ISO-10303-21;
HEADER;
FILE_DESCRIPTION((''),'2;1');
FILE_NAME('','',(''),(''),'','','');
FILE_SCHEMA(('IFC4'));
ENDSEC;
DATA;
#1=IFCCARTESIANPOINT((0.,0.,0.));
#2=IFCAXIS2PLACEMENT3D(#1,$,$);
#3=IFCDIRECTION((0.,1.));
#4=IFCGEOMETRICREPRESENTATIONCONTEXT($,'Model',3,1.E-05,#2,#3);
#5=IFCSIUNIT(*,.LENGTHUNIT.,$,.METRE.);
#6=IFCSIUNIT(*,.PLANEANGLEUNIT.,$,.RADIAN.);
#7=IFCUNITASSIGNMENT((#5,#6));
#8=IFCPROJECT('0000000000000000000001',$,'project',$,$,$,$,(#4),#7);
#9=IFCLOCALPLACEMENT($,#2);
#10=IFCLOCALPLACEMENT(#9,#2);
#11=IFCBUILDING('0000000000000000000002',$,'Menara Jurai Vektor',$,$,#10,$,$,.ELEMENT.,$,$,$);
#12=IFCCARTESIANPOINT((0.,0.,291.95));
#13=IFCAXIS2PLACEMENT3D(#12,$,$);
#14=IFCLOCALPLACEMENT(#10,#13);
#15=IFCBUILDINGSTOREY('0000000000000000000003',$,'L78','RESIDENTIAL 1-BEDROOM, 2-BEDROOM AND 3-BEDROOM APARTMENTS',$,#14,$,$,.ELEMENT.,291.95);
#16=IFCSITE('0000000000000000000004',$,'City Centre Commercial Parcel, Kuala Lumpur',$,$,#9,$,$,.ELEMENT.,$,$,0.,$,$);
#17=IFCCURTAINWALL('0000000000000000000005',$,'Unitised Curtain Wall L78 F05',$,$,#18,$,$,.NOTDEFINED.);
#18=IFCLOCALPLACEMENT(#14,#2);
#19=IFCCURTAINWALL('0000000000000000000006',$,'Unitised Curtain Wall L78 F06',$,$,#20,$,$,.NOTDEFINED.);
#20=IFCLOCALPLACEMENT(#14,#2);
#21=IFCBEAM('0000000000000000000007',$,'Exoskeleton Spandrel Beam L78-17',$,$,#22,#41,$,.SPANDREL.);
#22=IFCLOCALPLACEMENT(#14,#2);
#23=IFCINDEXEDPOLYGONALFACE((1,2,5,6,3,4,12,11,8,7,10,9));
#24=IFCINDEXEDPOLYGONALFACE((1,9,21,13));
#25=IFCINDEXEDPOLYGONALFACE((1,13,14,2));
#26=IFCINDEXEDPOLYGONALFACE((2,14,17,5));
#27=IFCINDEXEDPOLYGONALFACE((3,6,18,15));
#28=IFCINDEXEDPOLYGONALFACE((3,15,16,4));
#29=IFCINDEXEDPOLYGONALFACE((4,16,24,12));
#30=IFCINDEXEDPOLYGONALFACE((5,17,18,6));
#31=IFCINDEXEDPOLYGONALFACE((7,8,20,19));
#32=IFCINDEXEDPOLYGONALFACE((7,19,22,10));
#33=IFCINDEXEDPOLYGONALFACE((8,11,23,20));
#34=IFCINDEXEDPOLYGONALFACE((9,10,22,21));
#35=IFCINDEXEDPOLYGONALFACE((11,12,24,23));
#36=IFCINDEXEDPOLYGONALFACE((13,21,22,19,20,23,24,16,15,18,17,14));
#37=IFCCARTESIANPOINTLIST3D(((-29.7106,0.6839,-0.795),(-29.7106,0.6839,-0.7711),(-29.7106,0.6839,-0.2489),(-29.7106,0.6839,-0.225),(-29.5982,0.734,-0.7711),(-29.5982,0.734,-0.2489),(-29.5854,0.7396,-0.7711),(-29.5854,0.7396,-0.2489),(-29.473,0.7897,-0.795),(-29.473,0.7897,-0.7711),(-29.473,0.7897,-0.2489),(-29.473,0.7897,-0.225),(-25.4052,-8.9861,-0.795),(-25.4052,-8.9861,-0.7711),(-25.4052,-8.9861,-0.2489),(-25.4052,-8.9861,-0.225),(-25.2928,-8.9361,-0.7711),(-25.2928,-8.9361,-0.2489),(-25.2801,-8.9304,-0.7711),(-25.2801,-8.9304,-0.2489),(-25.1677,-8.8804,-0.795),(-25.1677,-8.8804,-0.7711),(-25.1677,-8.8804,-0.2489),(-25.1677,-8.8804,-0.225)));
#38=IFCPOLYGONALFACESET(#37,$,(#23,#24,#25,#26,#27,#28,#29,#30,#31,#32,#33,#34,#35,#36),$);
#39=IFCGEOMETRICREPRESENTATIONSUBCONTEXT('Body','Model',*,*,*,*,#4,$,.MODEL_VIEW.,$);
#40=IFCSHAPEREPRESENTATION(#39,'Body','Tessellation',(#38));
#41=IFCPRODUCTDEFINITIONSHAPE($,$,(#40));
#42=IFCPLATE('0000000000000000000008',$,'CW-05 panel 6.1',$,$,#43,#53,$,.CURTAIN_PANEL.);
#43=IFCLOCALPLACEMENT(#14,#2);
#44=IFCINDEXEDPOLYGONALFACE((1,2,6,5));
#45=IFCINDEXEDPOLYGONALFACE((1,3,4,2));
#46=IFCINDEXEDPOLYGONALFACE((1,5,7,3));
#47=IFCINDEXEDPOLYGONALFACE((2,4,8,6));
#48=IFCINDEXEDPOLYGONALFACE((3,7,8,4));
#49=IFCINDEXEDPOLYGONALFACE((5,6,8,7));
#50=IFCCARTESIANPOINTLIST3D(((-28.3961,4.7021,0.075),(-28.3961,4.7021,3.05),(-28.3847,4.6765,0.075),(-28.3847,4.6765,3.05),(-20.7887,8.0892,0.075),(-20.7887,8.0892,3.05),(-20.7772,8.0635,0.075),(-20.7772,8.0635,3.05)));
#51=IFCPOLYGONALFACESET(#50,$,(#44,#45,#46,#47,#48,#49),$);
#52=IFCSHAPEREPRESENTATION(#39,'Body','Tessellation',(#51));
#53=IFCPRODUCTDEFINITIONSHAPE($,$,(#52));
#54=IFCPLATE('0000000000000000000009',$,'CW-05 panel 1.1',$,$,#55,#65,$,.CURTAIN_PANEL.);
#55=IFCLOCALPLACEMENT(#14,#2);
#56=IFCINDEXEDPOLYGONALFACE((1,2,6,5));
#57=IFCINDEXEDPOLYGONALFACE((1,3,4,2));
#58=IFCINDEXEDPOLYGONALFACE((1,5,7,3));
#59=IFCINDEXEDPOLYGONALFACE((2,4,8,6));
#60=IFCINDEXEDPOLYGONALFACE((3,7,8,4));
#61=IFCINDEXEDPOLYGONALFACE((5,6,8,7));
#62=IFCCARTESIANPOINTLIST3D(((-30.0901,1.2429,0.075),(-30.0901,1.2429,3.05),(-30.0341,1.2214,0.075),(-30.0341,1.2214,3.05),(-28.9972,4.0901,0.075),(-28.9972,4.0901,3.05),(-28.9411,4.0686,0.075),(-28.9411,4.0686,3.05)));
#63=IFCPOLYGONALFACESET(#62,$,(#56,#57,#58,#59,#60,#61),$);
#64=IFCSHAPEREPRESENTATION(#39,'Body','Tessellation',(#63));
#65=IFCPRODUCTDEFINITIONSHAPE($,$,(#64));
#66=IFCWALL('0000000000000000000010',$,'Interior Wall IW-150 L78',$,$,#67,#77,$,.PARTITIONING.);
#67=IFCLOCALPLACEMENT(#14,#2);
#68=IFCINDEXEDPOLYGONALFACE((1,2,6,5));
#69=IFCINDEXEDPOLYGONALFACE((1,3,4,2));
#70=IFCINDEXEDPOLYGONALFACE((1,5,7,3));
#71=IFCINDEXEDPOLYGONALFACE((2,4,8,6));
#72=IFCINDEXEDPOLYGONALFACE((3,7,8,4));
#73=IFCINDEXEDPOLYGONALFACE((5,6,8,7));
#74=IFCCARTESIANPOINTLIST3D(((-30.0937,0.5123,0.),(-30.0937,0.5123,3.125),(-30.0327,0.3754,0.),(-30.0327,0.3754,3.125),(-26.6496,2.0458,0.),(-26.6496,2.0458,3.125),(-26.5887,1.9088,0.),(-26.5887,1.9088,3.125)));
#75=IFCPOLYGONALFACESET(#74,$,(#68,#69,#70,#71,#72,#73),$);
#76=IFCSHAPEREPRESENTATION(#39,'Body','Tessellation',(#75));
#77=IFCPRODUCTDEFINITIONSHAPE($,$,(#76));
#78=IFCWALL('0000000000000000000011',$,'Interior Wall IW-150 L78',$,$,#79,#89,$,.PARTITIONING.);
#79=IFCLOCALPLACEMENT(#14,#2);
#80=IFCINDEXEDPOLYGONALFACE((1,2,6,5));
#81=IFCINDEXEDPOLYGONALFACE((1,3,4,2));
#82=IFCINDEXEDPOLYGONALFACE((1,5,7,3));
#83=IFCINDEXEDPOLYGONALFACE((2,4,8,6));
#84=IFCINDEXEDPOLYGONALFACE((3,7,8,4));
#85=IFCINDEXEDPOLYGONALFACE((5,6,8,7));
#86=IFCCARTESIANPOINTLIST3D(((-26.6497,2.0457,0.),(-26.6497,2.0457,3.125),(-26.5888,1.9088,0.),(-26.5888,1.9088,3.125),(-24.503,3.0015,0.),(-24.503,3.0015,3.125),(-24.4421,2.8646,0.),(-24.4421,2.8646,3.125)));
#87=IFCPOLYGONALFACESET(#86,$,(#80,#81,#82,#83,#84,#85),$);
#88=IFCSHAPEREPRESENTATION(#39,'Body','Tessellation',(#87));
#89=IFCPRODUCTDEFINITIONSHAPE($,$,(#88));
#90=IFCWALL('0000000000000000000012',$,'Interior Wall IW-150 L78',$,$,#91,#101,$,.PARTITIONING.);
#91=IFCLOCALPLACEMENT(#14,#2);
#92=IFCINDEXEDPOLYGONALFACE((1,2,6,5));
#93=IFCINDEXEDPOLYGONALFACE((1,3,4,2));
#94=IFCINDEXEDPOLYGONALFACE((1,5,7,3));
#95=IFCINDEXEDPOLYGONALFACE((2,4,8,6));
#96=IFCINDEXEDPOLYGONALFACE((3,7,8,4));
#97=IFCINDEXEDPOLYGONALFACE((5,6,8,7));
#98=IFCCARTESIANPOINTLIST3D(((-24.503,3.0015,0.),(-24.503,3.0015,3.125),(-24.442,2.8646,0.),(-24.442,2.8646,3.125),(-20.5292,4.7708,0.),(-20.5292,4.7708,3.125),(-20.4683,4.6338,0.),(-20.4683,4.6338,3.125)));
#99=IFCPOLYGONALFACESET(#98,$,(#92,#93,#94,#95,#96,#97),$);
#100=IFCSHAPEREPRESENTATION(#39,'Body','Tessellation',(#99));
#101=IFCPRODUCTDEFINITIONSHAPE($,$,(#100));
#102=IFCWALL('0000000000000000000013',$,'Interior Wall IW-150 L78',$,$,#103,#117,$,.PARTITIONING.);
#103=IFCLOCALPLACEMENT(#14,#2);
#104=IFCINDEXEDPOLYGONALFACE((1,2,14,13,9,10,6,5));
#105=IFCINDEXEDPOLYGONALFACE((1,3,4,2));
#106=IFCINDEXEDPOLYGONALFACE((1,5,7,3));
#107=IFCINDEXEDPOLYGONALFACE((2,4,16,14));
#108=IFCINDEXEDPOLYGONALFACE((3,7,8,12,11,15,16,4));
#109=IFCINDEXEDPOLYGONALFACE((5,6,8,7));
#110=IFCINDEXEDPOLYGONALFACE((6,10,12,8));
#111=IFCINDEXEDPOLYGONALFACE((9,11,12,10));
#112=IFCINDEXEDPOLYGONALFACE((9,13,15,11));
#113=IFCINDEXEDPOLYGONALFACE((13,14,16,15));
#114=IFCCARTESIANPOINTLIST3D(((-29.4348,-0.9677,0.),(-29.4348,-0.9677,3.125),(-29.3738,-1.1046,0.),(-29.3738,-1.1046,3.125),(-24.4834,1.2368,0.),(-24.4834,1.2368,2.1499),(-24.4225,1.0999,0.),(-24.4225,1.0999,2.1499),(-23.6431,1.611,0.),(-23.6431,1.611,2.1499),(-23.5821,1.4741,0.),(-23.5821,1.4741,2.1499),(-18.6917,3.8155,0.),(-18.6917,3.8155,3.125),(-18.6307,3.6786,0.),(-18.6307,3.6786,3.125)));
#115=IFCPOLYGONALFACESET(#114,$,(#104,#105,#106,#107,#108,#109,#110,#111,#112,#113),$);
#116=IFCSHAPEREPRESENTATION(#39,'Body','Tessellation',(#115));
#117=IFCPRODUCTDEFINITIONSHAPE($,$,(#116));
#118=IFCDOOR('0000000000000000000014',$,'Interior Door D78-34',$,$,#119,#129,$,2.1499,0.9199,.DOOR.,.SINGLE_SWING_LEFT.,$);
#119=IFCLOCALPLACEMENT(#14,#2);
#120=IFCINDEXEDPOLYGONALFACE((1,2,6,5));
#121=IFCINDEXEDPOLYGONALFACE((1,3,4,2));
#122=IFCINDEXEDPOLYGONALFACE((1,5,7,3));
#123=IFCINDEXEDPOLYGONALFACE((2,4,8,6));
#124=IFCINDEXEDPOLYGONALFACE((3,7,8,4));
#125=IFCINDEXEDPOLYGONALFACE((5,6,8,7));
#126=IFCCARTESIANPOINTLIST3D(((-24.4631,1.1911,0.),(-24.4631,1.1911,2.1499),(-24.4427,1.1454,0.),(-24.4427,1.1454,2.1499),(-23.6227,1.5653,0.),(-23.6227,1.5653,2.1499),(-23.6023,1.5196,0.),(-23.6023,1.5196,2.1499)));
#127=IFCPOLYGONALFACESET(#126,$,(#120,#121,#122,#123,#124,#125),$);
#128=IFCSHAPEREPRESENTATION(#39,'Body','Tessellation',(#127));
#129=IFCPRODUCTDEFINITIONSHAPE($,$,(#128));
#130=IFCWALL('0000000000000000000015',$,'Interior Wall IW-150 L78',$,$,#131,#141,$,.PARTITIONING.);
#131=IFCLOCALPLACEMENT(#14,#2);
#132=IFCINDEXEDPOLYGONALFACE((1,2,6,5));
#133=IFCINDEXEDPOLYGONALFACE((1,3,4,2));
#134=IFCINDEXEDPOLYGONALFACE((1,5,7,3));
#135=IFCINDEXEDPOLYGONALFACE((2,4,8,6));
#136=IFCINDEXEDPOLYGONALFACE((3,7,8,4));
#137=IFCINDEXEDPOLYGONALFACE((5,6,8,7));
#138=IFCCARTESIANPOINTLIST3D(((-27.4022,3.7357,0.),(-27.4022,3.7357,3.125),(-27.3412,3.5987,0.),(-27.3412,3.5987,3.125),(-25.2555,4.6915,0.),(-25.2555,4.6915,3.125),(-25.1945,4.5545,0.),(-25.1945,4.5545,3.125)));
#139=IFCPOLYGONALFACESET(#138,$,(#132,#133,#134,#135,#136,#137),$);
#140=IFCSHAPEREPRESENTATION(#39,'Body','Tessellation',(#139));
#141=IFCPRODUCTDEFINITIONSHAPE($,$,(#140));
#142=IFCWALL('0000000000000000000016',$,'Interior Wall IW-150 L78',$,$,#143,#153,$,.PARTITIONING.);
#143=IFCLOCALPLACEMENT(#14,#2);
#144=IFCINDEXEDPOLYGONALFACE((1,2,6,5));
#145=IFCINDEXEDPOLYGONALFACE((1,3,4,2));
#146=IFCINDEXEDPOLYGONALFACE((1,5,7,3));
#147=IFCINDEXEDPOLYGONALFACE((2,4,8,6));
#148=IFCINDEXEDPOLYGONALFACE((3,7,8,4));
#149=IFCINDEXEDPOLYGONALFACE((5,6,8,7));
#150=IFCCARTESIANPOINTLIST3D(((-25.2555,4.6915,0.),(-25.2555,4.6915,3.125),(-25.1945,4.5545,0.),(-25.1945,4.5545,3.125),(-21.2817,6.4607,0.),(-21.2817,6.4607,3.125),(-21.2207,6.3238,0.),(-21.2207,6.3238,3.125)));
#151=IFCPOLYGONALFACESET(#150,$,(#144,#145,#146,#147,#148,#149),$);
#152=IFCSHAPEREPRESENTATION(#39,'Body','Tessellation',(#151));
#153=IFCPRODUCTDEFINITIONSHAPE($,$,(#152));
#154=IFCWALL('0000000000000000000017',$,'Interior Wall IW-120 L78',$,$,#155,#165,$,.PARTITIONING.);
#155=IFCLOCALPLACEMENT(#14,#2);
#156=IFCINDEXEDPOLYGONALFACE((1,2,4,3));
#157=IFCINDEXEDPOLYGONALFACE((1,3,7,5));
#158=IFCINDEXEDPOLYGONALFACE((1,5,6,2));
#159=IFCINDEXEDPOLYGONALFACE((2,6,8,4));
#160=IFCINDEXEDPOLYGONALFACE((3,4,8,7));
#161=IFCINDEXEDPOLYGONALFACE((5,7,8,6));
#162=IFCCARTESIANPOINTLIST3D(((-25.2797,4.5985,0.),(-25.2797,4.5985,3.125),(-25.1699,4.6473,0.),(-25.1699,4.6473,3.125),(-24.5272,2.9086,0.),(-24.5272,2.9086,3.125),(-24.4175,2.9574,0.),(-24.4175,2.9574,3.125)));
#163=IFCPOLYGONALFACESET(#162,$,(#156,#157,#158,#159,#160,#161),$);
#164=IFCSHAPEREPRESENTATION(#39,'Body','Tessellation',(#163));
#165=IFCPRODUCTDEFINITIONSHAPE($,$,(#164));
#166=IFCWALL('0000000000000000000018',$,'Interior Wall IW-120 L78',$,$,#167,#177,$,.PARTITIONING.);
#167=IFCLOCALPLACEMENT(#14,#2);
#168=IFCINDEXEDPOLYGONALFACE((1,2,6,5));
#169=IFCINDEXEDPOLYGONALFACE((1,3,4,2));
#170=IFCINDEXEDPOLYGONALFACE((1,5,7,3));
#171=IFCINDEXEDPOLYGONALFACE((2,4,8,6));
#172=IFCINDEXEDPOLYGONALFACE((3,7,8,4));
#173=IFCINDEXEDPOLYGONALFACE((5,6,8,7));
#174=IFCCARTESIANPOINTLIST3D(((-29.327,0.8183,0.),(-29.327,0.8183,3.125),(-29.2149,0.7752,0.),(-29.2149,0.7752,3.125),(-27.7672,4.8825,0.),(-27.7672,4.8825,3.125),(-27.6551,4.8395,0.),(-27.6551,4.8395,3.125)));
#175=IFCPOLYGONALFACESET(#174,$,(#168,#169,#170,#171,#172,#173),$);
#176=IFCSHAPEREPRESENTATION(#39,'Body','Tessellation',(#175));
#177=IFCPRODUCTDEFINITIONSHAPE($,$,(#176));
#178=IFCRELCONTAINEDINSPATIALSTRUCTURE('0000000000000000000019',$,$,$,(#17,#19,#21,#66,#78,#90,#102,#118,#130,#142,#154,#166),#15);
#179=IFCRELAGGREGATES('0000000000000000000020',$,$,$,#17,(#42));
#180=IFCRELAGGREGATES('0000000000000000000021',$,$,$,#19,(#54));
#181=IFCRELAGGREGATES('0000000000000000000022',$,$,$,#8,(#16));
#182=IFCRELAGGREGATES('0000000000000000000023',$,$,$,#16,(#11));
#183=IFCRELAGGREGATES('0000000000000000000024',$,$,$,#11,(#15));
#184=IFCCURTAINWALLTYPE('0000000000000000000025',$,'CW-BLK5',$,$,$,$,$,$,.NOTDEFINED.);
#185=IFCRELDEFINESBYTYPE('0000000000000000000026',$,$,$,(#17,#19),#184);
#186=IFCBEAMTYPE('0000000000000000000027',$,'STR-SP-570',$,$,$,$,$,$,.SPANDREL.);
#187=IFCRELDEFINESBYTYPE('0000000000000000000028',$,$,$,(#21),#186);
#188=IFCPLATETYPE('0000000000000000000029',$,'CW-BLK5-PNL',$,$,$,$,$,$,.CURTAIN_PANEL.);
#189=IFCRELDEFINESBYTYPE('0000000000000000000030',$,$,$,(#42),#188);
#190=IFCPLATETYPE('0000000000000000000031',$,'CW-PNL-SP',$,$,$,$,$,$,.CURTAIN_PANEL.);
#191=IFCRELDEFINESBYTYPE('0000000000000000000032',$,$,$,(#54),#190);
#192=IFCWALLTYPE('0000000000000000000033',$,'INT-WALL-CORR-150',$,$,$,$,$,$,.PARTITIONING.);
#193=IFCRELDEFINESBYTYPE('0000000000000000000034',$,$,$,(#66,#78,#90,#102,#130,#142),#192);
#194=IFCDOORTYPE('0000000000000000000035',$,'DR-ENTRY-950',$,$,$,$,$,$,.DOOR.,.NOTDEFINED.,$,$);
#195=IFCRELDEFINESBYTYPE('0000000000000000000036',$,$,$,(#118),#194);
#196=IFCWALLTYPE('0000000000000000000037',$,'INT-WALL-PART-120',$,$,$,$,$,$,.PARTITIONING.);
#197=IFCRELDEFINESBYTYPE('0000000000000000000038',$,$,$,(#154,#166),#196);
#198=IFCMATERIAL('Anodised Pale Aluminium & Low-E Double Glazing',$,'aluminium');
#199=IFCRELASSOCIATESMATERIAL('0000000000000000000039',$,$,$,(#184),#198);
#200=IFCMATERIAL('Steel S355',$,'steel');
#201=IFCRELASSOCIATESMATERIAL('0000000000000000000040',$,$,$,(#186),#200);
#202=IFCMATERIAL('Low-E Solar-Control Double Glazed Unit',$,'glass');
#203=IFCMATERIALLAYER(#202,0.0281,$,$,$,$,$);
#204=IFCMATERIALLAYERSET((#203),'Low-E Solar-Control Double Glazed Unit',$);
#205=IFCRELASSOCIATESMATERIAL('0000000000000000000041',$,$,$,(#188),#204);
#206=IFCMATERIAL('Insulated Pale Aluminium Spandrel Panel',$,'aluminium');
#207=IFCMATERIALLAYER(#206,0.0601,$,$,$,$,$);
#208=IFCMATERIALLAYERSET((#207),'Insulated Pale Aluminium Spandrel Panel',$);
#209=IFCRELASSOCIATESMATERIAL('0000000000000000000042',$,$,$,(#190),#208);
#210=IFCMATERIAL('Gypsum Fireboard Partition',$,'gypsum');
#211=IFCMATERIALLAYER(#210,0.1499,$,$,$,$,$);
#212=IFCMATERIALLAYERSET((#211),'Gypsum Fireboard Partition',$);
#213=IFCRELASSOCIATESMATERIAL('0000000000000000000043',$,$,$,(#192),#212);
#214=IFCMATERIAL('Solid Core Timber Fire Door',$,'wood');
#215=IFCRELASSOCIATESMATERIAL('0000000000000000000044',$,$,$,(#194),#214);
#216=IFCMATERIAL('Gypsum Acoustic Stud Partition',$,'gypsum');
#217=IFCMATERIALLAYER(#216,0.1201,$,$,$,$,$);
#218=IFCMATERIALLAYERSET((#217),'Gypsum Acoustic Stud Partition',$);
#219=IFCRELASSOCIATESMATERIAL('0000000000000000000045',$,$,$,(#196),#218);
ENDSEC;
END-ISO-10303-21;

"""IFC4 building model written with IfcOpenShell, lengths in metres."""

from ifc_helpers import new_model, si_unit, direction, frame, frame_2d, origin, origin_2d, place, context, subcontext, project, spatial, rectangle, i_section, extrude, material, layer, layer_set, material_profile, profile_set, type_object, element, fill, aggregate, save


model = new_model("IFC4")

# Units and contexts
model_context = context("Model", 3, precision=1e-05, world=origin(), true_north=direction((0.0, 1.0)))
body_context = subcontext(model_context, "Body", "Model", "MODEL_VIEW")
ifc_project = project(units=[si_unit("LENGTHUNIT", "METRE"), si_unit("PLANEANGLEUNIT", "RADIAN")], contexts=[model_context])

# Site, building, storey
site_placement = place(None, origin())
site = spatial("IfcSite", under=ifc_project, at=site_placement, Name="City Centre Commercial Parcel, Kuala Lumpur", CompositionType="ELEMENT", RefElevation=0.0)
building_placement = place(site_placement, origin())
building = spatial("IfcBuilding", under=site, at=building_placement, Name="Menara Jurai Vektor", CompositionType="ELEMENT")
storey_placement = place(building_placement, frame((0.0, 0.0, 291.95)))
storey = spatial("IfcBuildingStorey", under=building, at=storey_placement, Name="L78", Description="RESIDENTIAL 1-BEDROOM, 2-BEDROOM AND 3-BEDROOM APARTMENTS", CompositionType="ELEMENT", Elevation=291.95)

# Curtain wall
ifc_material_1 = material(Name="Anodised Pale Aluminium & Low-E Double Glazing", Category="aluminium")
curtain_wall_type = type_object("IfcCurtainWallType", Name="CW-BLK5", PredefinedType="NOTDEFINED", material=ifc_material_1)
curtain_wall_1_placement = place(storey_placement, origin())
curtain_wall_1 = element("IfcCurtainWall", 1, at=curtain_wall_1_placement, inside=storey, type_object=curtain_wall_type, Name="Unitised Curtain Wall L78 F05", PredefinedType="NOTDEFINED")

# Curtain wall
curtain_wall_2_placement = place(storey_placement, origin())
curtain_wall_2 = element("IfcCurtainWall", 2, at=curtain_wall_2_placement, inside=storey, type_object=curtain_wall_type, Name="Unitised Curtain Wall L78 F06", PredefinedType="NOTDEFINED")

# Shared definitions
ifc_material_2 = material(Name="Steel S355", Category="steel")

# Beam
ifc_material_profile_1 = material_profile(ifc_material_2, i_section(OverallWidth=0.26, OverallDepth=0.5701, WebThickness=0.0139, FlangeThickness=0.0239, at=origin_2d()), Name="PG 570x260x145")
ifc_profile_set_1 = profile_set([ifc_material_profile_1], Name="Steel S355")
beam_type_1 = type_object("IfcBeamType", Name="STR-SP-570", PredefinedType="SPANDREL", material=ifc_profile_set_1)
beam_1_placement = place(storey_placement, frame((-29.5918, 0.7368, -0.51), z_axis=(0.406735, -0.913546, 0.0), x_axis=(0.913546, 0.406735, 0.0)))
element("IfcBeam", 3, at=beam_1_placement, inside=storey, type_object=beam_type_1, Name="Exoskeleton Spandrel Beam L78-17", PredefinedType="SPANDREL", context=body_context, shape_type="SweptSolid", body=[
    extrude(i_section(OverallWidth=0.26, OverallDepth=0.5701, WebThickness=0.0139, FlangeThickness=0.0239, at=origin_2d()), origin(), (0.0, 0.0, 1.0), 10.5852),
])

# Plates
ifc_material_3 = material(Name="Low-E Solar-Control Double Glazed Unit", Category="glass")
ifc_layer_1 = layer(ifc_material_3, 0.0281)
ifc_layer_set_1 = layer_set([ifc_layer_1], Name="Low-E Solar-Control Double Glazed Unit")
plate_type_1 = type_object("IfcPlateType", Name="CW-BLK5-PNL", PredefinedType="CURTAIN_PANEL", material=ifc_layer_set_1)
plate_1_placement = place(storey_placement, frame((-24.5867, 6.3828, 0.075), z_axis=(0.0, 0.0, 1.0), x_axis=(-0.913546, -0.406735, 0.0)))
plate_1 = element("IfcPlate", 4, at=plate_1_placement, type_object=plate_type_1, Name="CW-05 panel 6.1", PredefinedType="CURTAIN_PANEL", context=body_context, shape_type="SweptSolid", body=[
    extrude(rectangle(XDim=8.3274, YDim=0.0281, at=origin_2d()), origin(), (0.0, 0.0, 1.0), 2.9751),
])
aggregate(curtain_wall_1, [plate_1])
ifc_material_4 = material(Name="Insulated Pale Aluminium Spandrel Panel", Category="aluminium")
ifc_layer_2 = layer(ifc_material_4, 0.0601)
ifc_layer_set_2 = layer_set([ifc_layer_2], Name="Insulated Pale Aluminium Spandrel Panel")
plate_type_2 = type_object("IfcPlateType", Name="CW-PNL-SP", PredefinedType="CURTAIN_PANEL", material=ifc_layer_set_2)
plate_2_placement = place(storey_placement, frame((-29.5156, 2.6558, 0.075), z_axis=(0.0, 0.0, 1.0), x_axis=(-0.358374, -0.933578, 0.0)))
plate_2 = element("IfcPlate", 5, at=plate_2_placement, type_object=plate_type_2, Name="CW-05 panel 1.1", PredefinedType="CURTAIN_PANEL", context=body_context, shape_type="SweptSolid", body=[
    extrude(rectangle(XDim=3.0498, YDim=0.0601, at=origin_2d()), origin(), (0.0, 0.0, 1.0), 2.9751),
])
aggregate(curtain_wall_2, [plate_2])

# Walls
ifc_material_5 = material(Name="Gypsum Fireboard Partition", Category="gypsum")
ifc_layer_3 = layer(ifc_material_5, 0.1499)
ifc_layer_set_3 = layer_set([ifc_layer_3], Name="Gypsum Fireboard Partition")
wall_type_1 = type_object("IfcWallType", Name="INT-WALL-CORR-150", PredefinedType="PARTITIONING", material=ifc_layer_set_3)
wall_1_placement = place(storey_placement, frame((-30.0632, 0.4438, 0.0), z_axis=(0.0, 0.0, 1.0), x_axis=(0.913542, 0.406745, 0.0)))
element("IfcWall", 6, at=wall_1_placement, inside=storey, type_object=wall_type_1, Name="Interior Wall IW-150 L78", PredefinedType="PARTITIONING", context=body_context, shape_type="SweptSolid", body=[
    extrude(rectangle(XDim=3.77, YDim=0.1499, at=frame_2d((1.885, 0.0))), origin(), (0.0, 0.0, 1.0), 3.125),
])
wall_2_placement = place(storey_placement, frame((-26.6191, 1.9773, 0.0), z_axis=(0.0, 0.0, 1.0), x_axis=(0.913541, 0.406746, 0.0)))
element("IfcWall", 7, at=wall_2_placement, inside=storey, type_object=wall_type_1, Name="Interior Wall IW-150 L78", PredefinedType="PARTITIONING", context=body_context, shape_type="SweptSolid", body=[
    extrude(rectangle(XDim=2.3499, YDim=0.1499, at=frame_2d((1.1748, 0.0))), origin(), (0.0, 0.0, 1.0), 3.125),
])
wall_3_placement = place(storey_placement, frame((-24.4724, 2.9331, 0.0), z_axis=(0.0, 0.0, 1.0), x_axis=(0.913545, 0.406737, 0.0)))
element("IfcWall", 8, at=wall_3_placement, inside=storey, type_object=wall_type_1, Name="Interior Wall IW-150 L78", PredefinedType="PARTITIONING", context=body_context, shape_type="SweptSolid", body=[
    extrude(rectangle(XDim=4.3499, YDim=0.1499, at=frame_2d((2.1748, 0.0))), origin(), (0.0, 0.0, 1.0), 3.125),
])

# Wall, opening, door
wall_4_placement = place(storey_placement, frame((-29.4043, -1.0361, 0.0), z_axis=(0.0, 0.0, 1.0), x_axis=(0.913544, 0.406739, 0.0)))
wall_4 = element("IfcWall", 9, at=wall_4_placement, inside=storey, type_object=wall_type_1, Name="Interior Wall IW-150 L78", PredefinedType="PARTITIONING", context=body_context, shape_type="SweptSolid", body=[
    extrude(rectangle(XDim=11.7598, YDim=0.1499, at=frame_2d((5.8799, 0.0))), origin(), (0.0, 0.0, 1.0), 3.125),
])
opening_1_placement = place(wall_4_placement, frame((5.4199, 0.0, 0.0)))
opening_1 = element("IfcOpeningElement", 10, at=opening_1_placement, cuts=wall_4, PredefinedType="OPENING", context=body_context, shape_type="SweptSolid", body=[
    extrude(rectangle(XDim=0.9199, YDim=2.1499, at=frame_2d((0.46, 1.075))), frame((0.0, 0.085, 0.0), z_axis=(0.0, -1.0, 0.0), x_axis=(1.0, 0.0, 0.0)), (0.0, 0.0, 1.0), 0.1699),
])
ifc_material_6 = material(Name="Solid Core Timber Fire Door", Category="wood")
door_type_1 = type_object("IfcDoorType", Name="DR-ENTRY-950", OperationType="NOTDEFINED", PredefinedType="DOOR", material=ifc_material_6)
door_1_placement = place(opening_1_placement, origin())
door_1 = element("IfcDoor", 11, at=door_1_placement, inside=storey, type_object=door_type_1, Name="Interior Door D78-34", OperationType="SINGLE_SWING_LEFT", OverallHeight=2.1499, OverallWidth=0.9199, PredefinedType="DOOR", context=body_context, shape_type="SweptSolid", body=[
    extrude(rectangle(XDim=0.9199, YDim=2.1499, at=frame_2d((0.46, 1.075))), frame((0.0, 0.0249, 0.0), z_axis=(0.0, -1.0, 0.0), x_axis=(1.0, 0.0, 0.0)), (0.0, 0.0, 1.0), 0.05),
])
fill(opening_1, door_1)

# Walls
wall_5_placement = place(storey_placement, frame((-27.3716, 3.6672, 0.0), z_axis=(0.0, 0.0, 1.0), x_axis=(0.913541, 0.406746, 0.0)))
element("IfcWall", 12, at=wall_5_placement, inside=storey, type_object=wall_type_1, Name="Interior Wall IW-150 L78", PredefinedType="PARTITIONING", context=body_context, shape_type="SweptSolid", body=[
    extrude(rectangle(XDim=2.3499, YDim=0.1499, at=frame_2d((1.1748, 0.0))), origin(), (0.0, 0.0, 1.0), 3.125),
])
wall_6_placement = place(storey_placement, frame((-25.2249, 4.623, 0.0), z_axis=(0.0, 0.0, 1.0), x_axis=(0.913545, 0.406737, 0.0)))
element("IfcWall", 13, at=wall_6_placement, inside=storey, type_object=wall_type_1, Name="Interior Wall IW-150 L78", PredefinedType="PARTITIONING", context=body_context, shape_type="SweptSolid", body=[
    extrude(rectangle(XDim=4.3499, YDim=0.1499, at=frame_2d((2.1748, 0.0))), origin(), (0.0, 0.0, 1.0), 3.125),
])
ifc_material_7 = material(Name="Gypsum Acoustic Stud Partition", Category="gypsum")
ifc_layer_4 = layer(ifc_material_7, 0.1201)
ifc_layer_set_4 = layer_set([ifc_layer_4], Name="Gypsum Acoustic Stud Partition")
wall_type_2 = type_object("IfcWallType", Name="INT-WALL-PART-120", PredefinedType="PARTITIONING", material=ifc_layer_set_4)
wall_7_placement = place(storey_placement, frame((-24.4724, 2.9331, 0.0), z_axis=(0.0, 0.0, 1.0), x_axis=(-0.406751, 0.913539, 0.0)))
element("IfcWall", 14, at=wall_7_placement, inside=storey, type_object=wall_type_2, Name="Interior Wall IW-120 L78", PredefinedType="PARTITIONING", context=body_context, shape_type="SweptSolid", body=[
    extrude(rectangle(XDim=1.8499, YDim=0.1201, at=frame_2d((0.9248, 0.0))), origin(), (0.0, 0.0, 1.0), 3.125),
])
wall_8_placement = place(storey_placement, frame((-29.271, 0.7966, 0.0), z_axis=(0.0, 0.0, 1.0), x_axis=(0.35831, 0.933603, 0.0)))
element("IfcWall", 15, at=wall_8_placement, inside=storey, type_object=wall_type_2, Name="Interior Wall IW-120 L78", PredefinedType="PARTITIONING", context=body_context, shape_type="SweptSolid", body=[
    extrude(rectangle(XDim=4.3533, YDim=0.1201, at=frame_2d((2.1768, 0.0))), origin(), (0.0, 0.0, 1.0), 3.125),
])

save(model, "model.ifc")
